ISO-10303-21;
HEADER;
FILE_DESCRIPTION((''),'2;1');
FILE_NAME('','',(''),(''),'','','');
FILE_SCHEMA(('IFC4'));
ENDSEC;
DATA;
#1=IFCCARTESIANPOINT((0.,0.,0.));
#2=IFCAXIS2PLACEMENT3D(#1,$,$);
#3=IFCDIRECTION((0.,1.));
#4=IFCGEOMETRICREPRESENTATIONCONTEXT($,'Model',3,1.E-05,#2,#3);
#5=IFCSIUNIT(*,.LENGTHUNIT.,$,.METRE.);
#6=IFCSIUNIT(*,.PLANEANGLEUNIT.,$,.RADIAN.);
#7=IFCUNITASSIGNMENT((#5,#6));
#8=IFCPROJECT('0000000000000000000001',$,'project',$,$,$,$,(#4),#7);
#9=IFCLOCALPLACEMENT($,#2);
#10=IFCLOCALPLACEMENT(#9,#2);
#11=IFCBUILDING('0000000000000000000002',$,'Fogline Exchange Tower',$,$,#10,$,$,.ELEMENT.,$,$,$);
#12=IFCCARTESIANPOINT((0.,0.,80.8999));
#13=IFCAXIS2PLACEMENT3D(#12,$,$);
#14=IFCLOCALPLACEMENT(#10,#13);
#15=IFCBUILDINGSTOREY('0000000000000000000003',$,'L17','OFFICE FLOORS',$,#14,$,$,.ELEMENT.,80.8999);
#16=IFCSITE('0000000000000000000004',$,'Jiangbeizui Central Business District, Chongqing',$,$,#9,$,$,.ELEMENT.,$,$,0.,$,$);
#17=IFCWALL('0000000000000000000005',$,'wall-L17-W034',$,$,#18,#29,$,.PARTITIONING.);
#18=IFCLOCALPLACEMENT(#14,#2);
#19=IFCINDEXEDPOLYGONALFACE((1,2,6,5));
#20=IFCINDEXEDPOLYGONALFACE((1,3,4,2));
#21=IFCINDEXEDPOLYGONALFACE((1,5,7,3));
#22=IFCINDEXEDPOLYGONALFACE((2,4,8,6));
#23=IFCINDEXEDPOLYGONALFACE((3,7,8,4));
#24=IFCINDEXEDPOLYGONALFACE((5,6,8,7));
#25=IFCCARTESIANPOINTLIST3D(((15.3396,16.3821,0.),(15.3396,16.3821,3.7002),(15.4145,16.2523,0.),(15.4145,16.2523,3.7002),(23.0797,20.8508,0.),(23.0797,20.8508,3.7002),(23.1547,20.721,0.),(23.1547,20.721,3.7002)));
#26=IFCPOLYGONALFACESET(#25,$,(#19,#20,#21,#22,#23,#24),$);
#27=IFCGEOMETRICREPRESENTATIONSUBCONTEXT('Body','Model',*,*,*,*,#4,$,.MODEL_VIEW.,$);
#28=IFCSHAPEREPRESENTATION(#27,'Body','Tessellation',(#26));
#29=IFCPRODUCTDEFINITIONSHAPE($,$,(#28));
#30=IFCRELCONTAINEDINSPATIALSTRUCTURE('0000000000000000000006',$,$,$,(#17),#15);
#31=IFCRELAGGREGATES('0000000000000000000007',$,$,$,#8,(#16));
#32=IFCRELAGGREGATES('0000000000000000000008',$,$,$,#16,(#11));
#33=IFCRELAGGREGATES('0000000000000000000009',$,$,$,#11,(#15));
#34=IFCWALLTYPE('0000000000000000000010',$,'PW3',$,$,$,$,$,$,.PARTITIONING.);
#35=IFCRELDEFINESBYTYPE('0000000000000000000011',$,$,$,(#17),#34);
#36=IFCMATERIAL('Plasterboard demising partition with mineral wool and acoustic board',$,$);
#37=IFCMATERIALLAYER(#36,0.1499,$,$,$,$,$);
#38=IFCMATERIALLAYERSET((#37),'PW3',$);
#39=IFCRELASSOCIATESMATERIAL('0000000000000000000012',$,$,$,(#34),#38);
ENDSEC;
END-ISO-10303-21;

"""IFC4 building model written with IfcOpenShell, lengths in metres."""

from ifc_helpers import new_model, si_unit, direction, frame, frame_2d, origin, place, context, subcontext, project, spatial, rectangle, extrude, material, layer, layer_set, type_object, element, save


model = new_model("IFC4")

# Units and contexts
model_context = context("Model", 3, precision=1e-05, world=origin(), true_north=direction((0.0, 1.0)))
body_context = subcontext(model_context, "Body", "Model", "MODEL_VIEW")
ifc_project = project(units=[si_unit("LENGTHUNIT", "METRE"), si_unit("PLANEANGLEUNIT", "RADIAN")], contexts=[model_context])

# Site, building, storey
site_placement = place(None, origin())
site = spatial("IfcSite", under=ifc_project, at=site_placement, Name="Jiangbeizui Central Business District, Chongqing", CompositionType="ELEMENT", RefElevation=0.0)
building_placement = place(site_placement, origin())
building = spatial("IfcBuilding", under=site, at=building_placement, Name="Fogline Exchange Tower", CompositionType="ELEMENT")
storey_placement = place(building_placement, frame((0.0, 0.0, 80.8999)))
storey = spatial("IfcBuildingStorey", under=building, at=storey_placement, Name="L17", Description="OFFICE FLOORS", CompositionType="ELEMENT", Elevation=80.8999)

# Wall
ifc_material_1 = material(Name="Plasterboard demising partition with mineral wool and acoustic board")
ifc_layer_1 = layer(ifc_material_1, 0.1499)
ifc_layer_set_1 = layer_set([ifc_layer_1], Name="PW3")
wall_type_1 = type_object("IfcWallType", Name="PW3", PredefinedType="PARTITIONING", material=ifc_layer_set_1)
wall_1_placement = place(storey_placement, frame((23.1172, 20.7859, 0.0), z_axis=(0.0, 0.0, 1.0), x_axis=(-0.866029, -0.499994, 0.0)))
element("IfcWall", 1, at=wall_1_placement, inside=storey, type_object=wall_type_1, Name="wall-L17-W034", PredefinedType="PARTITIONING", context=body_context, shape_type="SweptSolid", body=[
    extrude(rectangle(XDim=8.9375, YDim=0.1499, at=frame_2d((4.4688, 0.0))), origin(), (0.0, 0.0, 1.0), 3.7002),
])

save(model, "model.ifc")
